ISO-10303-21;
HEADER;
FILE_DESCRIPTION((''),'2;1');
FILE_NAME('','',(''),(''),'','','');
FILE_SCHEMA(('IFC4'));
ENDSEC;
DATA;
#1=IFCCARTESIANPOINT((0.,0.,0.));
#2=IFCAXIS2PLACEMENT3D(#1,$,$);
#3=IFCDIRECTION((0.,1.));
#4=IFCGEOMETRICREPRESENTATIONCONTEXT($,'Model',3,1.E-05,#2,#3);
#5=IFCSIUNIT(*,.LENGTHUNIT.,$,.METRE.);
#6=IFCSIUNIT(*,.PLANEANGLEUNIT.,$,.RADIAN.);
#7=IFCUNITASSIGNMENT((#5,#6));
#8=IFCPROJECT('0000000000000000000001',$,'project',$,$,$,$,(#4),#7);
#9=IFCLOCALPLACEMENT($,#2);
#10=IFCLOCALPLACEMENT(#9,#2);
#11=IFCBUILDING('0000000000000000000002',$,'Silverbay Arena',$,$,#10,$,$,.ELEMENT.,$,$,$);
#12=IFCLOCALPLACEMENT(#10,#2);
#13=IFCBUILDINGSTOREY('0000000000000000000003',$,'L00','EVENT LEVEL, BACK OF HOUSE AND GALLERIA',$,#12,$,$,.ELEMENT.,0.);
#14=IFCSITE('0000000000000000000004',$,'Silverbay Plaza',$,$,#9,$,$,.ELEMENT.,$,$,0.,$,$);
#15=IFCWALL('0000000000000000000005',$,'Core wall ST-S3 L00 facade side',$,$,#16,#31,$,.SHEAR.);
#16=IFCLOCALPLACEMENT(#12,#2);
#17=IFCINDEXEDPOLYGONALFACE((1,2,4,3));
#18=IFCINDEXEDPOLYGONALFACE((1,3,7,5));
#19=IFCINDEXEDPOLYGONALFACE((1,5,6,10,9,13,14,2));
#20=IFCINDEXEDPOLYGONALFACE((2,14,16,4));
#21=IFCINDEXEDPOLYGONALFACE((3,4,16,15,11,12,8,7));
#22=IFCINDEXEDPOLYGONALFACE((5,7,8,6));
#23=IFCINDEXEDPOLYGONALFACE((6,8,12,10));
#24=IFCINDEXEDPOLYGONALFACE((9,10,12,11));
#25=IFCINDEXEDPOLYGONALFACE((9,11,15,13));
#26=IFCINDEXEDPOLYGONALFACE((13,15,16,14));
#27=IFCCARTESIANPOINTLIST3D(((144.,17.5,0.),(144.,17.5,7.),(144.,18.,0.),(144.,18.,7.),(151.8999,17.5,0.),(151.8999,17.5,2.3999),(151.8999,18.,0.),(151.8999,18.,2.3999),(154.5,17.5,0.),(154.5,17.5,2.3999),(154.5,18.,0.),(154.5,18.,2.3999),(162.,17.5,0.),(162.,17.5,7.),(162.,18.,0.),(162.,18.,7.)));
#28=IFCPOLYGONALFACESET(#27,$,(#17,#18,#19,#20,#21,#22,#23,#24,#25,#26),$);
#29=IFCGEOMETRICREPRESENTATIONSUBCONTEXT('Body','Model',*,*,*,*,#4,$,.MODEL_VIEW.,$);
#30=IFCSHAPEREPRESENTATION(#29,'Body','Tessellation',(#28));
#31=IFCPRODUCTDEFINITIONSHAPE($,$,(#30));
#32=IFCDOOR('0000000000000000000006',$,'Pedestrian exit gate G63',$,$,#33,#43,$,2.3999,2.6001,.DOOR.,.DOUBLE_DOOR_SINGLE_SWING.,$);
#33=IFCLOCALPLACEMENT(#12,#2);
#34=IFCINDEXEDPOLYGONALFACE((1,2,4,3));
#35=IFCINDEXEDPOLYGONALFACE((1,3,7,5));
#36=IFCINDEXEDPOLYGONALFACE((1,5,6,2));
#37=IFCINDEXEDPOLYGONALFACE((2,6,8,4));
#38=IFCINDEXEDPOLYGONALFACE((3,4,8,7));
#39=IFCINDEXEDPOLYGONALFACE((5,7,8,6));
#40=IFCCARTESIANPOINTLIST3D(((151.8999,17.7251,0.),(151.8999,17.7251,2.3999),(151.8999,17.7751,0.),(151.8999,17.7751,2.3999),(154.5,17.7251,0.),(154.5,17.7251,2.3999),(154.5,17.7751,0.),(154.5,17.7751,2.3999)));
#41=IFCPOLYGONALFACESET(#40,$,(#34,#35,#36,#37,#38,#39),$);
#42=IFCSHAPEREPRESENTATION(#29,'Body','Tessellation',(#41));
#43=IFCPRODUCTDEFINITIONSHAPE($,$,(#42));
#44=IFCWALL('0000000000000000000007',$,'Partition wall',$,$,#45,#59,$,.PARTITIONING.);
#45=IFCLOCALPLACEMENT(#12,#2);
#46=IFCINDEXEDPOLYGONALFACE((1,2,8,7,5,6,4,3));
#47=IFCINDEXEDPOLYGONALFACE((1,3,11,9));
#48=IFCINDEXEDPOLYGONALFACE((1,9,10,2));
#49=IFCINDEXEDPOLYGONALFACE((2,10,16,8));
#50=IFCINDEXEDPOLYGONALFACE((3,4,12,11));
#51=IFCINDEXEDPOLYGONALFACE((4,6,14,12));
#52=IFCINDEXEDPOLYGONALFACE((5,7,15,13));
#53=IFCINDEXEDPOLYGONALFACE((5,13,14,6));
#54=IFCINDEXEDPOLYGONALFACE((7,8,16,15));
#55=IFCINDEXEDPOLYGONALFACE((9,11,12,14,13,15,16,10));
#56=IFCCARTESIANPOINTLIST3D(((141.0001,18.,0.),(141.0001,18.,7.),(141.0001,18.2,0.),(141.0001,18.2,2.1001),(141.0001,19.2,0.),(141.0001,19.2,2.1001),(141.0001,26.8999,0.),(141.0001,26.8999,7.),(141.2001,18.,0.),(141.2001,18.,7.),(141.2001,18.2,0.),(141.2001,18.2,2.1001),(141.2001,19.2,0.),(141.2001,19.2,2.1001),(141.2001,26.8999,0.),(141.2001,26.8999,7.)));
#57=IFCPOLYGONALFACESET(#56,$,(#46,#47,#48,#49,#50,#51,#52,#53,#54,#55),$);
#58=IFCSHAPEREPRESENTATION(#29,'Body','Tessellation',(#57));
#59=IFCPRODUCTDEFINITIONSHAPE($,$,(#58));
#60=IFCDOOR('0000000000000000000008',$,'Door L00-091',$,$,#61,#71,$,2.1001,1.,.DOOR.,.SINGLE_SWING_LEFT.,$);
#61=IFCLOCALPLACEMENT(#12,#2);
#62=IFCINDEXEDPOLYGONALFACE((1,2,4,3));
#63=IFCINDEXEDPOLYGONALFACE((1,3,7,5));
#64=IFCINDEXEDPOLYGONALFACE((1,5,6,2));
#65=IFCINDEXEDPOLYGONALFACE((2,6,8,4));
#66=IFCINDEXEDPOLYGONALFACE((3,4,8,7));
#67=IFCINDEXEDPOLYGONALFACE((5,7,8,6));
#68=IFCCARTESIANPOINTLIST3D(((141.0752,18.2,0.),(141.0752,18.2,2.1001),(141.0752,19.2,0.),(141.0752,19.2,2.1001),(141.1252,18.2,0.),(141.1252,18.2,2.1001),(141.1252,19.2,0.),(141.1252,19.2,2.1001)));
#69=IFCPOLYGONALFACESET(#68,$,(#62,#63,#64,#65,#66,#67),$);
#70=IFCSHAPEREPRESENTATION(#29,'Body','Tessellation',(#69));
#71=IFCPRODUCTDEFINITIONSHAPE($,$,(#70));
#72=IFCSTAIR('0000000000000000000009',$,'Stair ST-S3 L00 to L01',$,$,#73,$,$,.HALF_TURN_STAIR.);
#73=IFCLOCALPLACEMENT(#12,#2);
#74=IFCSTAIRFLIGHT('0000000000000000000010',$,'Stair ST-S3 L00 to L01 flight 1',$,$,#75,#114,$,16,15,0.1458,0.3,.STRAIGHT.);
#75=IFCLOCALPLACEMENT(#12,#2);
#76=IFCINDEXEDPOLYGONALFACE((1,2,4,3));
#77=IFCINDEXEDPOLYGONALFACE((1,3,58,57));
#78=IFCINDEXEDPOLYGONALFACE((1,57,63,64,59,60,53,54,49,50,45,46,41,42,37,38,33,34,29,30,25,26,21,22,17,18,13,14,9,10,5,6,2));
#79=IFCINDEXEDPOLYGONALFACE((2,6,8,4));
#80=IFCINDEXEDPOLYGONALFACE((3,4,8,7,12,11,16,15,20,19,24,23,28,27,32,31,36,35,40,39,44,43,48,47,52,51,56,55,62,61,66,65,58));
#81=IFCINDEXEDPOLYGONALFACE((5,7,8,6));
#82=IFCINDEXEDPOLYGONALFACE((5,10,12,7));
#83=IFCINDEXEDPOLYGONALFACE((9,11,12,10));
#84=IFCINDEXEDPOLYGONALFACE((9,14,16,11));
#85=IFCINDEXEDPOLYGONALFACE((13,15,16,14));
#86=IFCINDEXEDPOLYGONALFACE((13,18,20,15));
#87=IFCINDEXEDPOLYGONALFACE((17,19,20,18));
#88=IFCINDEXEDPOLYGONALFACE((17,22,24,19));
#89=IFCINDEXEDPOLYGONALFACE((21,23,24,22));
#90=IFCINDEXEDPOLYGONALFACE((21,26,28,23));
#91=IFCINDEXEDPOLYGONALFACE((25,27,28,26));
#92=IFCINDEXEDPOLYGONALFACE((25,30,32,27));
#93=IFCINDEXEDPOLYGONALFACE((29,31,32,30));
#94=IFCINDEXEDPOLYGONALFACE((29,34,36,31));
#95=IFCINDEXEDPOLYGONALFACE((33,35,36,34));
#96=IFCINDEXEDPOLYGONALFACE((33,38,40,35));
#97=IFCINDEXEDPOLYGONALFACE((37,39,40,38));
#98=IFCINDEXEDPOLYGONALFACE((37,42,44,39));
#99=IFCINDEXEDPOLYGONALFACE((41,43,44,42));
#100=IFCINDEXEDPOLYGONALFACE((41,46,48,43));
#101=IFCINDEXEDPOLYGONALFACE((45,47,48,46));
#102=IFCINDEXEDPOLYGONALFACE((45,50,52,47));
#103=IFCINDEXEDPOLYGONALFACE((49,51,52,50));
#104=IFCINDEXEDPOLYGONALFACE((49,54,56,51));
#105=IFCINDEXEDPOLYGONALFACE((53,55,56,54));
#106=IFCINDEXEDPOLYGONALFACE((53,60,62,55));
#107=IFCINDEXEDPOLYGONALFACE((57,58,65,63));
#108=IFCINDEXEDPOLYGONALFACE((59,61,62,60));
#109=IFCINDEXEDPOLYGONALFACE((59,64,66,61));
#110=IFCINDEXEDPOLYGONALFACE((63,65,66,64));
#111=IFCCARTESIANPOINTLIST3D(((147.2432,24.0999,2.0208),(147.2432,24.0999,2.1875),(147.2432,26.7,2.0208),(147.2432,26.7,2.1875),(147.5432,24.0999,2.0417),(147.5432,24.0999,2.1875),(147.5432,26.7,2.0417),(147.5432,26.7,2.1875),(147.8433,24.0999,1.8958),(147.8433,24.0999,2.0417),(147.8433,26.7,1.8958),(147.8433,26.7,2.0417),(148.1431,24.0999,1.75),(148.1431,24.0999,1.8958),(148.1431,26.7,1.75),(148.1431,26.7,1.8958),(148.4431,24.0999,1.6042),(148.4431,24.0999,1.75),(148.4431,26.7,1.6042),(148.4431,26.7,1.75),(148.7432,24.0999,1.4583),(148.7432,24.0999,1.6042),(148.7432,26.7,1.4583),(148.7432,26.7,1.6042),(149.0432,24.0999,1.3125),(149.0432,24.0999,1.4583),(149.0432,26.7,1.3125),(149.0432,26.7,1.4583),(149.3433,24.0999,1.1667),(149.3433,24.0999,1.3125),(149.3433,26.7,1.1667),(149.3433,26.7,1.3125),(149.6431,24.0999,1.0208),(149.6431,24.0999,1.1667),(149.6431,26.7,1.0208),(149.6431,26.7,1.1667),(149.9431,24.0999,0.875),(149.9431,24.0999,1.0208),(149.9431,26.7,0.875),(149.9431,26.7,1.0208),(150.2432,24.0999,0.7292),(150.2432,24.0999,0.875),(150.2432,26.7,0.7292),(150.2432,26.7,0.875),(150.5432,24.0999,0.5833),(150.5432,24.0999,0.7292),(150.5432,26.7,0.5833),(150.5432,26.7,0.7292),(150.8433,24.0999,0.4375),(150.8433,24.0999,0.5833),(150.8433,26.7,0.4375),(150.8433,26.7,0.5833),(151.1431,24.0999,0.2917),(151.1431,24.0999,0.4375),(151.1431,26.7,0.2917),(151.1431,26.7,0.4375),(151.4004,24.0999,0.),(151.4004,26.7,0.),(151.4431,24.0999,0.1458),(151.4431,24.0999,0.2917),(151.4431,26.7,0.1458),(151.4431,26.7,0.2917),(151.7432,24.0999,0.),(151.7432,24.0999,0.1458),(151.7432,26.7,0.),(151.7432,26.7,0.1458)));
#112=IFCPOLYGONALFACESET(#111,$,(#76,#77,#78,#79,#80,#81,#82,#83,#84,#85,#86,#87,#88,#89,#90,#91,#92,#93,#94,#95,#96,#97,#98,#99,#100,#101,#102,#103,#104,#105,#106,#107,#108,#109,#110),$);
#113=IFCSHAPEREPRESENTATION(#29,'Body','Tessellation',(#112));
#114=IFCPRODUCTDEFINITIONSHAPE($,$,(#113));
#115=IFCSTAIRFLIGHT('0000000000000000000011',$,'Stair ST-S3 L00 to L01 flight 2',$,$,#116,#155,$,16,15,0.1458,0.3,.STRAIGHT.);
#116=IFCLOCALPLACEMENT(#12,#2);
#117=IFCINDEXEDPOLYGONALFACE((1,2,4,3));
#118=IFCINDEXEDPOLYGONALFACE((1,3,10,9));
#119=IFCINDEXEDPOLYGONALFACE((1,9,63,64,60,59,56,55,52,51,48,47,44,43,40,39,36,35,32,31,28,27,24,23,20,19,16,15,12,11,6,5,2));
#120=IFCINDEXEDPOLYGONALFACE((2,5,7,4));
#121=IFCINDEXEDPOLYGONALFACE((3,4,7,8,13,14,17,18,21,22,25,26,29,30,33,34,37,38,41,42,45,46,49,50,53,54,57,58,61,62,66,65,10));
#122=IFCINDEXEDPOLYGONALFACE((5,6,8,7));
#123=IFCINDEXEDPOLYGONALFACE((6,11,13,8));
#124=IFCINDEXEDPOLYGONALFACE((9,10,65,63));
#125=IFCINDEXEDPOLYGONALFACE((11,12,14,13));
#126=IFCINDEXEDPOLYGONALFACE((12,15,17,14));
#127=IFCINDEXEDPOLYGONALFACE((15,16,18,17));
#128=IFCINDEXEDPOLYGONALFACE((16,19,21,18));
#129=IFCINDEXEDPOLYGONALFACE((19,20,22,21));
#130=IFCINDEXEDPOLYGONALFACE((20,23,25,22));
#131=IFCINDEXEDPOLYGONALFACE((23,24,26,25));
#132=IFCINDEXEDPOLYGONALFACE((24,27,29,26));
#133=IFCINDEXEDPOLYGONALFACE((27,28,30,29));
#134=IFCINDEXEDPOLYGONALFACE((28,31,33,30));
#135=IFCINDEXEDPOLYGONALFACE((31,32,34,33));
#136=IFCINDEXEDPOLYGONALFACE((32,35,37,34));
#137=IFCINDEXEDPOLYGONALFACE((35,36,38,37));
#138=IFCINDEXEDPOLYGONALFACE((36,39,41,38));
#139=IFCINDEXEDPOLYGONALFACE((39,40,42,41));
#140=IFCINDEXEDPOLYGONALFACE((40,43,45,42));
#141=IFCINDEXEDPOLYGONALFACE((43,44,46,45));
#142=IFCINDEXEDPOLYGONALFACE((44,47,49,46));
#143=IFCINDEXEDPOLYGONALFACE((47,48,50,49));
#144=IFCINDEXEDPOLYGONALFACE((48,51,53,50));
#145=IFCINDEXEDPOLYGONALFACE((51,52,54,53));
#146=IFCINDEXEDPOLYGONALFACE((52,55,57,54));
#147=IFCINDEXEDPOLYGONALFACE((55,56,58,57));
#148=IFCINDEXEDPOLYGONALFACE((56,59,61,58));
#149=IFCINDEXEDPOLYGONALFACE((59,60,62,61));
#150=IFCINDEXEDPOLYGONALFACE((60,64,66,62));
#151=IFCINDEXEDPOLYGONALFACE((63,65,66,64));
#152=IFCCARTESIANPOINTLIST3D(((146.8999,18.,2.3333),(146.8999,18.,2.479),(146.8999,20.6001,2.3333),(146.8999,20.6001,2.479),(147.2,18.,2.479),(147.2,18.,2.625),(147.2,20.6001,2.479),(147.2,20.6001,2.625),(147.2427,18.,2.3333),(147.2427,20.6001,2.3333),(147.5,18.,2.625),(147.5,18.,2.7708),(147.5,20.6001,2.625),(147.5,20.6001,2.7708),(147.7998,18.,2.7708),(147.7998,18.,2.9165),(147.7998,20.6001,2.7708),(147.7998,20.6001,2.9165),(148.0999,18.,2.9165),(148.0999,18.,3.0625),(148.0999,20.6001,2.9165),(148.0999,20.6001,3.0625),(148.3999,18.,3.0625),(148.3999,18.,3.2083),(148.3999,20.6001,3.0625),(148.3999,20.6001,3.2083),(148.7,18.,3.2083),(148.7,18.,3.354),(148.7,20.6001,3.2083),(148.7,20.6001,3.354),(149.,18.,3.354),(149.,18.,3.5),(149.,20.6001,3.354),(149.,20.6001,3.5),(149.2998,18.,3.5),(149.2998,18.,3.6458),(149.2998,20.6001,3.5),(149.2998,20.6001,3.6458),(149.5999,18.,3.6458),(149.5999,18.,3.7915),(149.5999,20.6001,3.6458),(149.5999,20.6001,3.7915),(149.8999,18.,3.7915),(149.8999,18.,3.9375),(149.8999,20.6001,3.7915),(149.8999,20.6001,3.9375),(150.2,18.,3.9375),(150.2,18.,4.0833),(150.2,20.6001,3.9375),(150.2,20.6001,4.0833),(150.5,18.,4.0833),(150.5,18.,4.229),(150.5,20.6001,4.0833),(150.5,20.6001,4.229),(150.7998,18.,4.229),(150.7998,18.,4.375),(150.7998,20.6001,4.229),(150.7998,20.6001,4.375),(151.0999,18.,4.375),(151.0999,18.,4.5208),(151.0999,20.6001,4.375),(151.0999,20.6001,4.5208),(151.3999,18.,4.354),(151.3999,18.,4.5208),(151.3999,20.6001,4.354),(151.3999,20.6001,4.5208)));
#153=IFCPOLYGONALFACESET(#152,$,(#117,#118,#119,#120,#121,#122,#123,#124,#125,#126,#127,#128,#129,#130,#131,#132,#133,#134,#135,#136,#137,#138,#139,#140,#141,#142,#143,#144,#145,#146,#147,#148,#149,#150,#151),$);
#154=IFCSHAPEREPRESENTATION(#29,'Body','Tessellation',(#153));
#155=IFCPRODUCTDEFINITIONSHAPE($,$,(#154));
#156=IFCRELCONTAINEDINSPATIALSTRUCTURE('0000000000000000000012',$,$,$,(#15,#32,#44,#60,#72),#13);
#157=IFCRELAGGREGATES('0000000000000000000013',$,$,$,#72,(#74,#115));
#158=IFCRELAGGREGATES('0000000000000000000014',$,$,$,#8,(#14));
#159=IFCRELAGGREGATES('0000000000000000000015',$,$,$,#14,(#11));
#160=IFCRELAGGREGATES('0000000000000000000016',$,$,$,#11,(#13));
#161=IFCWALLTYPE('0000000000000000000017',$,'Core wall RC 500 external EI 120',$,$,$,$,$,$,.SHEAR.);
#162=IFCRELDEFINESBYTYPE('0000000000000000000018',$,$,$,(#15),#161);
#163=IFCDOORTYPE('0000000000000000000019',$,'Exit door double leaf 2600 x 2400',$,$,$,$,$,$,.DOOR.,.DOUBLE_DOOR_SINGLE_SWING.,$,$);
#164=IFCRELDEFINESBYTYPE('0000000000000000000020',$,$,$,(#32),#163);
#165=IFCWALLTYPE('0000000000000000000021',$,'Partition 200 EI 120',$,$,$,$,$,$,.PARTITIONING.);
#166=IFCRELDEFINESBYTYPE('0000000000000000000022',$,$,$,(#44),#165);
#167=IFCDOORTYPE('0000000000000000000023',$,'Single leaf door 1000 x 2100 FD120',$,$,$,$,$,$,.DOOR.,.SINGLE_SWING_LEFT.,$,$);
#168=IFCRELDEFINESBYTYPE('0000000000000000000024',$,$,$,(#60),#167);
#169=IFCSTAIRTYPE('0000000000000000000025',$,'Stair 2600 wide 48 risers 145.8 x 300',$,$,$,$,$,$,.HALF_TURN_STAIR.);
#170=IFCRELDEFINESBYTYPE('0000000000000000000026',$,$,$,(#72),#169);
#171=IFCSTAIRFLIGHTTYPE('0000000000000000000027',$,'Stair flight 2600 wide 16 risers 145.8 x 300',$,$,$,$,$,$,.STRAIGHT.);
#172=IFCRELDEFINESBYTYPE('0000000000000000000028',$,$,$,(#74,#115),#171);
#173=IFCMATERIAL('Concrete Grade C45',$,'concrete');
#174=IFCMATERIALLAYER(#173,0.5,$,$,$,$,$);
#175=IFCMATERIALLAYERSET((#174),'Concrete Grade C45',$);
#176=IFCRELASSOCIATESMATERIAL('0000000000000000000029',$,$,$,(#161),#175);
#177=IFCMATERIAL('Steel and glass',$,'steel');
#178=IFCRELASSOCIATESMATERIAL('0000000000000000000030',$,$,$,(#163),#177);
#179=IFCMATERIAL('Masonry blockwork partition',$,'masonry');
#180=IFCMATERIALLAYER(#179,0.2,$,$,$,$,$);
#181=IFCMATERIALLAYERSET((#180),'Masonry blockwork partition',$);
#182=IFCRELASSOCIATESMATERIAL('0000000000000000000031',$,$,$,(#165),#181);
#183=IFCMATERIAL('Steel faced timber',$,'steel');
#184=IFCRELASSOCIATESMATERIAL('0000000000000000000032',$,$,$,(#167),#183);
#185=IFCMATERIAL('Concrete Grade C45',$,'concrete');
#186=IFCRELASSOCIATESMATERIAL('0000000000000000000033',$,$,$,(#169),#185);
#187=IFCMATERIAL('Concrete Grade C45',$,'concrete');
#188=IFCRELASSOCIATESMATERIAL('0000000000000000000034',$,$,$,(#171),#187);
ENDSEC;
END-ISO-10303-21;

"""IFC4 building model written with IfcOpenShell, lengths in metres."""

from ifc_helpers import new_model, si_unit, direction, frame, frame_2d, origin, place, context, subcontext, project, spatial, polyline, rectangle, outline, extrude, material, layer, layer_set, type_object, element, fill, aggregate, save


model = new_model("IFC4")

# Units and contexts
model_context = context("Model", 3, precision=1e-05, world=origin(), true_north=direction((0.0, 1.0)))
body_context = subcontext(model_context, "Body", "Model", "MODEL_VIEW")
ifc_project = project(units=[si_unit("LENGTHUNIT", "METRE"), si_unit("PLANEANGLEUNIT", "RADIAN")], contexts=[model_context])

# Site, building, storey
site_placement = place(None, origin())
site = spatial("IfcSite", under=ifc_project, at=site_placement, Name="Silverbay Plaza", CompositionType="ELEMENT", RefElevation=0.0)
building_placement = place(site_placement, origin())
building = spatial("IfcBuilding", under=site, at=building_placement, Name="Silverbay Arena", CompositionType="ELEMENT")
storey_placement = place(building_placement, origin())
storey = spatial("IfcBuildingStorey", under=building, at=storey_placement, Name="L00", Description="EVENT LEVEL, BACK OF HOUSE AND GALLERIA", CompositionType="ELEMENT", Elevation=0.0)

# Walls, openings, doors
ifc_material_1 = material(Name="Concrete Grade C45", Category="concrete")
ifc_layer_1 = layer(ifc_material_1, 0.5)
ifc_layer_set_1 = layer_set([ifc_layer_1], Name="Concrete Grade C45")
wall_type_1 = type_object("IfcWallType", Name="Core wall RC 500 external EI 120", PredefinedType="SHEAR", material=ifc_layer_set_1)
wall_1_placement = place(storey_placement, frame((144.0, 17.75, 0.0), z_axis=(0.0, 0.0, 1.0), x_axis=(1.0, 0.0, 0.0)))
wall_1 = element("IfcWall", 1, at=wall_1_placement, inside=storey, type_object=wall_type_1, Name="Core wall ST-S3 L00 facade side", PredefinedType="SHEAR", context=body_context, shape_type="SweptSolid", body=[
    extrude(rectangle(XDim=18.0, YDim=0.5, at=frame_2d((9.0, 0.0))), origin(), (0.0, 0.0, 1.0), 7.0),
])
opening_1_placement = place(wall_1_placement, frame((7.8999, 0.0, 0.0)))
opening_1 = element("IfcOpeningElement", 2, at=opening_1_placement, cuts=wall_1, PredefinedType="OPENING", context=body_context, shape_type="SweptSolid", body=[
    extrude(rectangle(XDim=2.6001, YDim=2.3999, at=frame_2d((1.3, 1.2))), frame((0.0, 0.26, 0.0), z_axis=(0.0, -1.0, 0.0), x_axis=(1.0, 0.0, 0.0)), (0.0, 0.0, 1.0), 0.52),
])
ifc_material_2 = material(Name="Steel and glass", Category="steel")
door_type_1 = type_object("IfcDoorType", Name="Exit door double leaf 2600 x 2400", OperationType="DOUBLE_DOOR_SINGLE_SWING", PredefinedType="DOOR", material=ifc_material_2)
door_1_placement = place(opening_1_placement, frame((2.6001, 0.0, 0.0), z_axis=(0.0, 0.0, 1.0), x_axis=(-1.0, 0.0, 0.0)))
door_1 = element("IfcDoor", 3, at=door_1_placement, inside=storey, type_object=door_type_1, Name="Pedestrian exit gate G63", OperationType="DOUBLE_DOOR_SINGLE_SWING", OverallHeight=2.3999, OverallWidth=2.6001, PredefinedType="DOOR", context=body_context, shape_type="SweptSolid", body=[
    extrude(rectangle(XDim=2.6001, YDim=2.3999, at=frame_2d((1.3, 1.2))), frame((0.0, 0.0249, 0.0), z_axis=(0.0, -1.0, 0.0), x_axis=(1.0, 0.0, 0.0)), (0.0, 0.0, 1.0), 0.05),
])
fill(opening_1, door_1)
ifc_material_3 = material(Name="Masonry blockwork partition", Category="masonry")
ifc_layer_2 = layer(ifc_material_3, 0.2)
ifc_layer_set_2 = layer_set([ifc_layer_2], Name="Masonry blockwork partition")
wall_type_2 = type_object("IfcWallType", Name="Partition 200 EI 120", PredefinedType="PARTITIONING", material=ifc_layer_set_2)
wall_2_placement = place(storey_placement, frame((141.1001, 18.0, 0.0), z_axis=(0.0, 0.0, 1.0), x_axis=(0.0, 1.0, 0.0)))
wall_2 = element("IfcWall", 4, at=wall_2_placement, inside=storey, type_object=wall_type_2, Name="Partition wall", PredefinedType="PARTITIONING", context=body_context, shape_type="SweptSolid", body=[
    extrude(rectangle(XDim=8.8999, YDim=0.2, at=frame_2d((4.45, 0.0))), origin(), (0.0, 0.0, 1.0), 7.0),
])
opening_2_placement = place(wall_2_placement, frame((0.2, 0.0, 0.0)))
opening_2 = element("IfcOpeningElement", 5, at=opening_2_placement, cuts=wall_2, PredefinedType="OPENING", context=body_context, shape_type="SweptSolid", body=[
    extrude(rectangle(XDim=1.0, YDim=2.1001, at=frame_2d((0.5, 1.05))), frame((0.0, 0.1099, 0.0), z_axis=(0.0, -1.0, 0.0), x_axis=(1.0, 0.0, 0.0)), (0.0, 0.0, 1.0), 0.22),
])
ifc_material_4 = material(Name="Steel faced timber", Category="steel")
door_type_2 = type_object("IfcDoorType", Name="Single leaf door 1000 x 2100 FD120", OperationType="SINGLE_SWING_LEFT", PredefinedType="DOOR", material=ifc_material_4)
door_2_placement = place(opening_2_placement, origin())
door_2 = element("IfcDoor", 6, at=door_2_placement, inside=storey, type_object=door_type_2, Name="Door L00-091", OperationType="SINGLE_SWING_LEFT", OverallHeight=2.1001, OverallWidth=1.0, PredefinedType="DOOR", context=body_context, shape_type="SweptSolid", body=[
    extrude(rectangle(XDim=1.0, YDim=2.1001, at=frame_2d((0.5, 1.05))), frame((0.0, 0.0249, 0.0), z_axis=(0.0, -1.0, 0.0), x_axis=(1.0, 0.0, 0.0)), (0.0, 0.0, 1.0), 0.05),
])
fill(opening_2, door_2)

# Stair, stair flights
ifc_material_5 = material(Name="Concrete Grade C45", Category="concrete")
stair_type = type_object("IfcStairType", Name="Stair 2600 wide 48 risers 145.8 x 300", PredefinedType="HALF_TURN_STAIR", material=ifc_material_5)
stair_1_placement = place(storey_placement, origin())
stair_1 = element("IfcStair", 7, at=stair_1_placement, inside=storey, type_object=stair_type, Name="Stair ST-S3 L00 to L01", PredefinedType="HALF_TURN_STAIR")
ifc_material_6 = material(Name="Concrete Grade C45", Category="concrete")
stair_flight_type = type_object("IfcStairFlightType", Name="Stair flight 2600 wide 16 risers 145.8 x 300", PredefinedType="STRAIGHT", material=ifc_material_6)
stair_flight_1_placement = place(storey_placement, frame((151.7432, 25.3999, 0.0), z_axis=(0.0, 0.0, 1.0), x_axis=(-1.0, 0.0, 0.0)))
stair_flight_1 = element("IfcStairFlight", 8, at=stair_flight_1_placement, type_object=stair_flight_type, Name="Stair ST-S3 L00 to L01 flight 1", NumberOfRisers=16, NumberOfTreads=15, PredefinedType="STRAIGHT", RiserHeight=0.1458, TreadLength=0.3, context=body_context, shape_type="SweptSolid", body=[
    extrude(outline(polyline([(0.0, 0.0), (0.0, 0.1458), (0.3, 0.1458), (0.3, 0.2917), (0.6001, 0.2917), (0.6001, 0.4375), (0.8999, 0.4375), (0.8999, 0.5833), (1.2, 0.5833), (1.2, 0.7292), (1.5, 0.7292), (1.5, 0.875), (1.8, 0.875), (1.8, 1.0208), (2.1001, 1.0208), (2.1001, 1.1667), (2.3999, 1.1667), (2.3999, 1.3125), (2.7, 1.3125), (2.7, 1.4583), (3.0, 1.4583), (3.0, 1.6042), (3.3, 1.6042), (3.3, 1.75), (3.6001, 1.75), (3.6001, 1.8958), (3.8999, 1.8958), (3.8999, 2.0417), (4.2, 2.0417), (4.2, 2.1875), (4.5, 2.1875), (4.5, 2.0208), (0.3428, 0.0), (0.0, 0.0)])), frame((0.0, 1.3, 0.0), z_axis=(0.0, -1.0, 0.0), x_axis=(1.0, 0.0, 0.0)), (0.0, 0.0, 1.0), 2.6001),
])
stair_flight_2_placement = place(storey_placement, frame((146.8999, 19.3, 2.3333), z_axis=(0.0, 0.0, 1.0), x_axis=(1.0, 0.0, 0.0)))
stair_flight_2 = element("IfcStairFlight", 9, at=stair_flight_2_placement, type_object=stair_flight_type, Name="Stair ST-S3 L00 to L01 flight 2", NumberOfRisers=16, NumberOfTreads=15, PredefinedType="STRAIGHT", RiserHeight=0.1458, TreadLength=0.3, context=body_context, shape_type="SweptSolid", body=[
    extrude(outline(polyline([(0.0, 0.0), (0.0, 0.1458), (0.3, 0.1458), (0.3, 0.2917), (0.6001, 0.2917), (0.6001, 0.4375), (0.8999, 0.4375), (0.8999, 0.5833), (1.2, 0.5833), (1.2, 0.7292), (1.5, 0.7292), (1.5, 0.875), (1.8, 0.875), (1.8, 1.0208), (2.1001, 1.0208), (2.1001, 1.1667), (2.3999, 1.1667), (2.3999, 1.3125), (2.7, 1.3125), (2.7, 1.4583), (3.0, 1.4583), (3.0, 1.6042), (3.3, 1.6042), (3.3, 1.75), (3.6001, 1.75), (3.6001, 1.8958), (3.8999, 1.8958), (3.8999, 2.0417), (4.2, 2.0417), (4.2, 2.1875), (4.5, 2.1875), (4.5, 2.0208), (0.3428, 0.0), (0.0, 0.0)])), frame((0.0, 1.3, 0.0), z_axis=(0.0, -1.0, 0.0), x_axis=(1.0, 0.0, 0.0)), (0.0, 0.0, 1.0), 2.6001),
])
aggregate(stair_1, [stair_flight_1, stair_flight_2])

save(model, "model.ifc")
